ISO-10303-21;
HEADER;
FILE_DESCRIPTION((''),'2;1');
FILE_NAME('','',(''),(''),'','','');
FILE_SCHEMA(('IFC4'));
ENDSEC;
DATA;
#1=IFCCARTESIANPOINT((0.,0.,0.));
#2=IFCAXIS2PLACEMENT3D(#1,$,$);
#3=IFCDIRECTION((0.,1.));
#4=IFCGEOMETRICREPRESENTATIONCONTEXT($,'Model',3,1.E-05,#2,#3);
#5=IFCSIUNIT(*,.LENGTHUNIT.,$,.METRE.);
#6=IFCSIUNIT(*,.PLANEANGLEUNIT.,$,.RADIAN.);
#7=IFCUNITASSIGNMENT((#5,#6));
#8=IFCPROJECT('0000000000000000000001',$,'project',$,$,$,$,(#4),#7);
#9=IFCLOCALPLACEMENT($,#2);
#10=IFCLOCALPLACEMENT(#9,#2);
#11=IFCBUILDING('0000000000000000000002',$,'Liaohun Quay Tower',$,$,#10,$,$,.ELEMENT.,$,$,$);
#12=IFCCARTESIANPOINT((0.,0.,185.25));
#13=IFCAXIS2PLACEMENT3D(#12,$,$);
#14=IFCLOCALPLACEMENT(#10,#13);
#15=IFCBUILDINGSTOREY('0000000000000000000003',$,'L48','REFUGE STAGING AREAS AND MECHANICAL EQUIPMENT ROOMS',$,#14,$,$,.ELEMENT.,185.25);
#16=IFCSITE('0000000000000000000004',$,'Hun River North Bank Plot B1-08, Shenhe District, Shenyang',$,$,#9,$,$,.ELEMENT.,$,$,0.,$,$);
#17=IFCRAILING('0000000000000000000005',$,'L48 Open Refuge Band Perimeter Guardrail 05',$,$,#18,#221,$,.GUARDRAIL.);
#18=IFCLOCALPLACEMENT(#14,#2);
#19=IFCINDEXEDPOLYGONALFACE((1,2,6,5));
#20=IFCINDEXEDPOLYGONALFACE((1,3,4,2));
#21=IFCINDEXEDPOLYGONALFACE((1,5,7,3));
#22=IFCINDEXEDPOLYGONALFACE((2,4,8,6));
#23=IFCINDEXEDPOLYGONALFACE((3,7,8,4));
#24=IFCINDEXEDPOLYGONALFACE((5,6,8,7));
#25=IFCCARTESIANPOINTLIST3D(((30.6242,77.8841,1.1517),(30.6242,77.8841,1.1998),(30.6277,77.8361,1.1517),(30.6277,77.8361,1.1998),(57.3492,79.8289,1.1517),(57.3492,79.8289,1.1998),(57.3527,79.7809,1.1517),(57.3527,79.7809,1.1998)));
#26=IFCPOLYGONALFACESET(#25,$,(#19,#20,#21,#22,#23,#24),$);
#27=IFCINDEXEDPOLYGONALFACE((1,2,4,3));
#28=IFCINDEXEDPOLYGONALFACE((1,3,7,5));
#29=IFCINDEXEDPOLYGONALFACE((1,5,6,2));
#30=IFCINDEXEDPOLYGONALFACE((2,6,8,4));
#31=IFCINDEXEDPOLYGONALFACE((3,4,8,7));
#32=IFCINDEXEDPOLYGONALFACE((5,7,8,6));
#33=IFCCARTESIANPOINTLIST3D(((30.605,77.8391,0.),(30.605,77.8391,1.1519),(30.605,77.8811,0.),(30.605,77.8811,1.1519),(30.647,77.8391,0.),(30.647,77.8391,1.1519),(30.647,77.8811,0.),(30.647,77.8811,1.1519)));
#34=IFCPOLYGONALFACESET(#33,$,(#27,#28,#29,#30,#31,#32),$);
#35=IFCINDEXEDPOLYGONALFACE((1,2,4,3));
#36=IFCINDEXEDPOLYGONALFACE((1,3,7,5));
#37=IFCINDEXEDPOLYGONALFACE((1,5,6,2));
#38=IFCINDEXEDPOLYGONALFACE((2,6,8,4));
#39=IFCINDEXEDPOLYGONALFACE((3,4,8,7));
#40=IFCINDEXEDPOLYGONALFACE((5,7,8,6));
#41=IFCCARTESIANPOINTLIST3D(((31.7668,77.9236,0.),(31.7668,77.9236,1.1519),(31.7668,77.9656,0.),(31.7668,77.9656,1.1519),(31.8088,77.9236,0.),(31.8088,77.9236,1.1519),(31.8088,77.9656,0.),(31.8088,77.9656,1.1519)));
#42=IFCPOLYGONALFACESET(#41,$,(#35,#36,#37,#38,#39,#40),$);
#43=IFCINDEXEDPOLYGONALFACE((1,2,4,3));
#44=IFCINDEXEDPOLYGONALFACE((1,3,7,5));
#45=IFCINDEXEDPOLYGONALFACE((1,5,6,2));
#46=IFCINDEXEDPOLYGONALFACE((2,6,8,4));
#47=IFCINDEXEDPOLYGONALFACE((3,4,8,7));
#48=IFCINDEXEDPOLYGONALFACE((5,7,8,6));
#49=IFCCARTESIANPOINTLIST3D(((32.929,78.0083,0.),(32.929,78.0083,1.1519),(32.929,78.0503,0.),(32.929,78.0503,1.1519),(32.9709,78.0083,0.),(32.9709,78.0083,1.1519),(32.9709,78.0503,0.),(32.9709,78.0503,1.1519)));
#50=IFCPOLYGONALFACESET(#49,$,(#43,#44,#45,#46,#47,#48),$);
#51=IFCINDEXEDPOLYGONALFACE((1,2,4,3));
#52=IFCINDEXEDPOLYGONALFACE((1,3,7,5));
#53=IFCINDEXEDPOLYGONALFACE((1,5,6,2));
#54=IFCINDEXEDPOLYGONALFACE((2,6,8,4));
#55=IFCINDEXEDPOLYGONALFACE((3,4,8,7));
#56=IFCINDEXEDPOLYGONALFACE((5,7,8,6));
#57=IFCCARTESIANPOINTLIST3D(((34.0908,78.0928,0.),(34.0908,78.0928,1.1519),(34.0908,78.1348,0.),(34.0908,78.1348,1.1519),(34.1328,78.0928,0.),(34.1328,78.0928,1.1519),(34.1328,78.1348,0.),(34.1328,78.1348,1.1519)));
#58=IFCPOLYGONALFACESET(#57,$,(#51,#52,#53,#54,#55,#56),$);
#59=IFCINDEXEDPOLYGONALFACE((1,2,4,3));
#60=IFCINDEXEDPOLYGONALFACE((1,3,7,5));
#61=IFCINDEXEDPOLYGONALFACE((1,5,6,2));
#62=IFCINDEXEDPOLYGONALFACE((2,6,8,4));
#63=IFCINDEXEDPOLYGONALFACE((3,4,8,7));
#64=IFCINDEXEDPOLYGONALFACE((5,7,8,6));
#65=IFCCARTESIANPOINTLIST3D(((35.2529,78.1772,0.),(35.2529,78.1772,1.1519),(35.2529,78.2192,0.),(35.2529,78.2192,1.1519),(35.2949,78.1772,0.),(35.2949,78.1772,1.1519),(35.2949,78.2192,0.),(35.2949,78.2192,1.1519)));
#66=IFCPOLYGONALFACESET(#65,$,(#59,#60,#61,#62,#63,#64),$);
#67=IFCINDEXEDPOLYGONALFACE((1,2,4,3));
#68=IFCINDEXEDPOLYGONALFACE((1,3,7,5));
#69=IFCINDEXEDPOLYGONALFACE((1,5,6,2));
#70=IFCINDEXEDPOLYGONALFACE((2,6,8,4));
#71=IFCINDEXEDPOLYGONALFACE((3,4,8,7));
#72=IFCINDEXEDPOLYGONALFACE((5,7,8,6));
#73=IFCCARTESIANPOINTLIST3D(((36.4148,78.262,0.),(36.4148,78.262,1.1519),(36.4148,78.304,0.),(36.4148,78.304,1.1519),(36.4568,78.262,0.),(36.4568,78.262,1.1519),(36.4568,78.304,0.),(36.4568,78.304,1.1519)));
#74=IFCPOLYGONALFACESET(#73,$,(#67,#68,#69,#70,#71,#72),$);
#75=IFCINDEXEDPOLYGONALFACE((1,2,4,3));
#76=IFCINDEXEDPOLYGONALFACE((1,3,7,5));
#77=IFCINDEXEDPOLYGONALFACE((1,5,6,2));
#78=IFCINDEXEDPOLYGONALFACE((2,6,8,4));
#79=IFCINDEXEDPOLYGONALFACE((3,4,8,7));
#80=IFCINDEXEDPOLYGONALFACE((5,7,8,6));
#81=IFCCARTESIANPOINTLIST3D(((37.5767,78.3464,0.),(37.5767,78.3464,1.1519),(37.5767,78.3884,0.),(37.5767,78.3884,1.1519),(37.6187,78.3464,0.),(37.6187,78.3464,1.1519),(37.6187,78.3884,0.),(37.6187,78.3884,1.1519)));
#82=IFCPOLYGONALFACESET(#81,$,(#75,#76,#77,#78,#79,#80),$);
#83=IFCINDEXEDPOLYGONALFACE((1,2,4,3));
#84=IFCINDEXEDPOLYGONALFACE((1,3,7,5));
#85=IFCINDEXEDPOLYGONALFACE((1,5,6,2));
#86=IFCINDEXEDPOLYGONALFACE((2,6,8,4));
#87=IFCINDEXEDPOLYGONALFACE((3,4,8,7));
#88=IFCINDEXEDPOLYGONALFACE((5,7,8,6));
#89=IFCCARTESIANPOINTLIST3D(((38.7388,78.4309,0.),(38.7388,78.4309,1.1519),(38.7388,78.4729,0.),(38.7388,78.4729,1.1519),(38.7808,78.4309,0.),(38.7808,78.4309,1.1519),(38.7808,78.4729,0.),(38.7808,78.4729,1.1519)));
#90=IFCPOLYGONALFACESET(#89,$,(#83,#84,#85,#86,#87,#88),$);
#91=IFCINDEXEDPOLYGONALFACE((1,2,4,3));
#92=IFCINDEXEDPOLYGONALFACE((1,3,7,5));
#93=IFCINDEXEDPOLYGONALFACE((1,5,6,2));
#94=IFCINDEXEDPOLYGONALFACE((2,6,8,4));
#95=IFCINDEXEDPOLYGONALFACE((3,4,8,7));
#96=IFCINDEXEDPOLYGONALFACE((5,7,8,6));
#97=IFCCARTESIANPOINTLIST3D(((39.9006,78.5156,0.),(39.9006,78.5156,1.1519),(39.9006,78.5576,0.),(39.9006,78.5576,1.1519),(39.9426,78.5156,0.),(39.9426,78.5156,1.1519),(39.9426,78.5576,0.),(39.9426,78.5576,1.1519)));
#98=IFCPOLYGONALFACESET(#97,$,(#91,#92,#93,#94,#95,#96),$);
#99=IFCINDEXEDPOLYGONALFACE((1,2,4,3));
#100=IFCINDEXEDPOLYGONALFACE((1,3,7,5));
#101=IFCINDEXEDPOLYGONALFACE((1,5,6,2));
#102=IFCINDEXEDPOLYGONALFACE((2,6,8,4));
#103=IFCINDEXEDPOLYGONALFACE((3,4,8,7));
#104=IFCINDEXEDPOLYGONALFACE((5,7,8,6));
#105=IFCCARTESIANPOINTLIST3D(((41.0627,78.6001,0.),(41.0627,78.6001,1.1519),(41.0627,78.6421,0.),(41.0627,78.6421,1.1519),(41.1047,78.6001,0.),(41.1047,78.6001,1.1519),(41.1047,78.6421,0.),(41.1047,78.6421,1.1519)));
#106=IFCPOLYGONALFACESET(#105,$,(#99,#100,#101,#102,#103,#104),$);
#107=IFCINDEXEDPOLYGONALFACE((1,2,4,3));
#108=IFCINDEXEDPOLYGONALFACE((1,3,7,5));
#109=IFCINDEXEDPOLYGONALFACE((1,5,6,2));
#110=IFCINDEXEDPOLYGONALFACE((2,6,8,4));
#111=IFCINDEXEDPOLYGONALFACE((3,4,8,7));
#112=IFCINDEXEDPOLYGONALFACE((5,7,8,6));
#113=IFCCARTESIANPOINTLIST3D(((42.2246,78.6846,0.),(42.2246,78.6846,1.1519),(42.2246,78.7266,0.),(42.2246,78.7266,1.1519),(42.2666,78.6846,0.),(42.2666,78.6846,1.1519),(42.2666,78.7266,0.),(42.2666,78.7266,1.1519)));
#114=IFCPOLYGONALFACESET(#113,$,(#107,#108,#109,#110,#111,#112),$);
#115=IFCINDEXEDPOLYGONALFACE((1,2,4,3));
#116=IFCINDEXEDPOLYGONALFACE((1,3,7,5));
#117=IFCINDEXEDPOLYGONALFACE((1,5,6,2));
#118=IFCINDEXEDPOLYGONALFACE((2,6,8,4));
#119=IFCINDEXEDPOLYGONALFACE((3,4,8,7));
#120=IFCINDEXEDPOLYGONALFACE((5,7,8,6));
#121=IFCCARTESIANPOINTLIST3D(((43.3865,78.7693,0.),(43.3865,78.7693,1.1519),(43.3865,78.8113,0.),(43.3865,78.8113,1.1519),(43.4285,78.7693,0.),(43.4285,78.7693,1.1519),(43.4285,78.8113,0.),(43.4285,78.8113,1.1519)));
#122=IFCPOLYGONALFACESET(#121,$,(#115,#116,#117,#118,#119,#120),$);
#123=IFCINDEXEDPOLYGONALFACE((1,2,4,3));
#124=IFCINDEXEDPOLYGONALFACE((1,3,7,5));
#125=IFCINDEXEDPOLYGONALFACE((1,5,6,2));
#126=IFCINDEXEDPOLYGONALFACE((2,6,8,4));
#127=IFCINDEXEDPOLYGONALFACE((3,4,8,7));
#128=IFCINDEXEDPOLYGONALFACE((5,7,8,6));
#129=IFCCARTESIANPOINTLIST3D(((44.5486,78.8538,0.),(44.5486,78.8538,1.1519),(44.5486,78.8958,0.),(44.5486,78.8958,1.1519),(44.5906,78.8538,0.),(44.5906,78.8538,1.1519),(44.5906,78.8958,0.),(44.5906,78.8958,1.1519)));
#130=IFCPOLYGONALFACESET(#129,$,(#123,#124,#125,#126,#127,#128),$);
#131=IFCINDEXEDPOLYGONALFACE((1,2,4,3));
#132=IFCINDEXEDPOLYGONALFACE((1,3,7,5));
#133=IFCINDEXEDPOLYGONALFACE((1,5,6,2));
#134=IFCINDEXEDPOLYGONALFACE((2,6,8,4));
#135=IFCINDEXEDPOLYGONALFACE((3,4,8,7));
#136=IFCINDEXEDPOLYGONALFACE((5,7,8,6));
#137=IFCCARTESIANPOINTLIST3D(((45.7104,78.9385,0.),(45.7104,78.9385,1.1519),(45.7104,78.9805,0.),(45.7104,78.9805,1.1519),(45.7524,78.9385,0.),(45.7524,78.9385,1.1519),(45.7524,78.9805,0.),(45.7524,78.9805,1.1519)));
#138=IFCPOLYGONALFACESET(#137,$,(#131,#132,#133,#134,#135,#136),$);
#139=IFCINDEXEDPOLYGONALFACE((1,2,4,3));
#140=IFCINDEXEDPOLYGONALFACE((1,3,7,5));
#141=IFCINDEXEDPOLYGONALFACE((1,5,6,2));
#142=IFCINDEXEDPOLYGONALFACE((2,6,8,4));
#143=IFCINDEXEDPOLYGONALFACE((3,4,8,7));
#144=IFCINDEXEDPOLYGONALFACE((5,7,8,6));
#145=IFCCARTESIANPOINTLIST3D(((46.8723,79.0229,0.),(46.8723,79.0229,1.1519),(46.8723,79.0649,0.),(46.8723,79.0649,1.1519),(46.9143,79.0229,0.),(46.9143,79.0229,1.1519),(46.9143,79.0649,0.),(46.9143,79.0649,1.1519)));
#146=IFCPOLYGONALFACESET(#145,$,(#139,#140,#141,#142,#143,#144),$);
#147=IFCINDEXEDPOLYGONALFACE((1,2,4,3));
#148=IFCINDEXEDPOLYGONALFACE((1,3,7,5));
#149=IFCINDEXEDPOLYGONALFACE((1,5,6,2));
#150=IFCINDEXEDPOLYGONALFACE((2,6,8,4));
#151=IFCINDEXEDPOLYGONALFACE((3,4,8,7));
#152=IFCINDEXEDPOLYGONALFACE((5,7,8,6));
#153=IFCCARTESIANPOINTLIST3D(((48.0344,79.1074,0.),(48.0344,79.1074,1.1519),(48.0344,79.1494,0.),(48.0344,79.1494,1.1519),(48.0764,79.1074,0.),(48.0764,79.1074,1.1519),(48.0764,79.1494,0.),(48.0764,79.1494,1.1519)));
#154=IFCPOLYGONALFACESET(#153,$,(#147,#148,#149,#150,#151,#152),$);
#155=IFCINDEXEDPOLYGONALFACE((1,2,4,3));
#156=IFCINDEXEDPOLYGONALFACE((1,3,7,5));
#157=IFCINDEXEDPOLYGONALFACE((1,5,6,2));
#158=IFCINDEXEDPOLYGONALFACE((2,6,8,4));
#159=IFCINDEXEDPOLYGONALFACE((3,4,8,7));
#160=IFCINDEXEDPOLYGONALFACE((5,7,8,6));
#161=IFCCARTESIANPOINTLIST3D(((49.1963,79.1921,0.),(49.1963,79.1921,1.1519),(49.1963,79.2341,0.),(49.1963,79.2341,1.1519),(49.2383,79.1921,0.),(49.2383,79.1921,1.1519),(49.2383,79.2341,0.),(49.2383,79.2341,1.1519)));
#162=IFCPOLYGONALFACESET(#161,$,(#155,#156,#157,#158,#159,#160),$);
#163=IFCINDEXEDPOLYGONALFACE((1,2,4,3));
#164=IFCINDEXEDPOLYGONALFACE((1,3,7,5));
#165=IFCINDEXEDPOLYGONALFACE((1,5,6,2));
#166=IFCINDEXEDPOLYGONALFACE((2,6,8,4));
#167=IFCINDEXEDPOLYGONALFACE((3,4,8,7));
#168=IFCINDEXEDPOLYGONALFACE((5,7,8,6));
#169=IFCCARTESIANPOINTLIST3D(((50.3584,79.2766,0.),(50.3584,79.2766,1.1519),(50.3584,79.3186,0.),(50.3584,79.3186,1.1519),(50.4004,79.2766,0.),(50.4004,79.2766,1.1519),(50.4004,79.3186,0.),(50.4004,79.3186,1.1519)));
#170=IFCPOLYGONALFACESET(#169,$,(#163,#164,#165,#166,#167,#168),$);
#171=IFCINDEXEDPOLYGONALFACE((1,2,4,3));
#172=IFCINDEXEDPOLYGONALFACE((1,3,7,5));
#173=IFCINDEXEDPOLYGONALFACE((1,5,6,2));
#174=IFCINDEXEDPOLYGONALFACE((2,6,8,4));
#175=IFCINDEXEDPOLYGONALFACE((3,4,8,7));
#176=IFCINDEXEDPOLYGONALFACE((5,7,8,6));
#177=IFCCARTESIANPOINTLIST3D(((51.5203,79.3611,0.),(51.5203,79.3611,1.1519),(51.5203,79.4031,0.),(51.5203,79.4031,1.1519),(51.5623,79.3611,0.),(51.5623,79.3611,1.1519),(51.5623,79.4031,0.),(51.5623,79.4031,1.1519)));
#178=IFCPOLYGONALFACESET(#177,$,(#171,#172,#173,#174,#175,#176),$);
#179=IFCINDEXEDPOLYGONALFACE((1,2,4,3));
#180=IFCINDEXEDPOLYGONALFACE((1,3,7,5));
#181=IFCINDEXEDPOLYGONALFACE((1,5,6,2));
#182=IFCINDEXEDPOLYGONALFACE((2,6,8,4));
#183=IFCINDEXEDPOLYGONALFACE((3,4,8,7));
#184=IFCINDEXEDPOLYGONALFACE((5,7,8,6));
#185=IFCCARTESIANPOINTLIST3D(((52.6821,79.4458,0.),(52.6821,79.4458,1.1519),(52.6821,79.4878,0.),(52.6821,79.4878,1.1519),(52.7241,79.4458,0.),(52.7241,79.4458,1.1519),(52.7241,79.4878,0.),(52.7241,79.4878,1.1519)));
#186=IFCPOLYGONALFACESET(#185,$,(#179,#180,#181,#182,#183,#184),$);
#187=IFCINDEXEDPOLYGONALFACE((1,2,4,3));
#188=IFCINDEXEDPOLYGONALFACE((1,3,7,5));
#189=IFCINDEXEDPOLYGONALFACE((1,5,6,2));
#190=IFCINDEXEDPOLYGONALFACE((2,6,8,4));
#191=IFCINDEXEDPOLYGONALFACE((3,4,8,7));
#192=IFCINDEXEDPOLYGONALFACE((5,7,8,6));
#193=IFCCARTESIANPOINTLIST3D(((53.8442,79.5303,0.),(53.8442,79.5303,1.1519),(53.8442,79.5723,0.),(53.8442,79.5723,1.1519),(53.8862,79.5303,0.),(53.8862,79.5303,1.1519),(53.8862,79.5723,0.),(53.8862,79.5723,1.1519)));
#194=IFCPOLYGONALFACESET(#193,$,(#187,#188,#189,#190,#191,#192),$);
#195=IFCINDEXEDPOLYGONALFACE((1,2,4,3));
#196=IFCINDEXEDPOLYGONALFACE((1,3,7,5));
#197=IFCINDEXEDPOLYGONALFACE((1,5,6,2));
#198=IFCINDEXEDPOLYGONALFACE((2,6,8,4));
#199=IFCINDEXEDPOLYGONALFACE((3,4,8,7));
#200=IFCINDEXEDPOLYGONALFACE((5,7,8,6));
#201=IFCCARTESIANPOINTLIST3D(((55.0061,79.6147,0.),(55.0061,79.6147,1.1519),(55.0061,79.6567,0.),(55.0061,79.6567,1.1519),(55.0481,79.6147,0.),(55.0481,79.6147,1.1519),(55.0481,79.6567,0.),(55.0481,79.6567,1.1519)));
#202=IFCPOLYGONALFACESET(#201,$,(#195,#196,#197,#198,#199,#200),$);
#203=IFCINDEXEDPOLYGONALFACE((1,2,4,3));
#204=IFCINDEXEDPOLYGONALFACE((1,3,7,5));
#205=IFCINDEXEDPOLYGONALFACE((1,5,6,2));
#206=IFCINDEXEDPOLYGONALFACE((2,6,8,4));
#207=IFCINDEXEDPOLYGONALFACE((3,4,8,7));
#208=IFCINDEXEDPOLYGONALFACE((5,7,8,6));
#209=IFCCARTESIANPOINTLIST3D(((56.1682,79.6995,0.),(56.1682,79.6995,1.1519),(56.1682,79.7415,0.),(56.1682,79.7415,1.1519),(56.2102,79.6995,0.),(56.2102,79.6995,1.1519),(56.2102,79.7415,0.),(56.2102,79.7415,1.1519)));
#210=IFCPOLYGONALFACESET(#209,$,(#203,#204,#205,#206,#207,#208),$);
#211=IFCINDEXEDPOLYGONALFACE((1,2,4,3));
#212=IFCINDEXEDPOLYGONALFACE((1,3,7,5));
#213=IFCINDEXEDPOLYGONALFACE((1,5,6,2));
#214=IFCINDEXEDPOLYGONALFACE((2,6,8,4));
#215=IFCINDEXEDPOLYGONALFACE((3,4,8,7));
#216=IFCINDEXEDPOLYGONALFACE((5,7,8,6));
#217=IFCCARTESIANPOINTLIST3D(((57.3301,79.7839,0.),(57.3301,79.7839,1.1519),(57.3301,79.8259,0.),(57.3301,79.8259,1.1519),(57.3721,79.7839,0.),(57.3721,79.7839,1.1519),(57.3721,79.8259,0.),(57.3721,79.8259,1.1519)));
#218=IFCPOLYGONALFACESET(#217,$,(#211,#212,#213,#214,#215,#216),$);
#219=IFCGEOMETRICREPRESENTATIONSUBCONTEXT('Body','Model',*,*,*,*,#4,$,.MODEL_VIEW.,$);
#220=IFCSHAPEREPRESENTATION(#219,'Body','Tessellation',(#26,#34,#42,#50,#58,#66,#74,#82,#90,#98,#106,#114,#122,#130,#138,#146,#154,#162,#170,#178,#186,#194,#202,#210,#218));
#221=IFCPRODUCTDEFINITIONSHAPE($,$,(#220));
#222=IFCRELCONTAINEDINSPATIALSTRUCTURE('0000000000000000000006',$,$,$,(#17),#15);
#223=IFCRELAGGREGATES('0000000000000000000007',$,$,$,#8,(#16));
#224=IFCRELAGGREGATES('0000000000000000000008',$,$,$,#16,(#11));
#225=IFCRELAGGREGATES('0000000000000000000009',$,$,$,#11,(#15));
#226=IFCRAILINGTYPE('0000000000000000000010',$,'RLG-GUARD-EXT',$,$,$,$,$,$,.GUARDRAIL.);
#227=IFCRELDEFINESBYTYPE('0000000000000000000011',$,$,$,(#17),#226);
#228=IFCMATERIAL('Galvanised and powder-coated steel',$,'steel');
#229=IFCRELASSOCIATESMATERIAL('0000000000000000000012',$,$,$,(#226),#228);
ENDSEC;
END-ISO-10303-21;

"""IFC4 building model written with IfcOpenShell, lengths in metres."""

from ifc_helpers import new_model, si_unit, direction, frame, origin, origin_2d, place, context, subcontext, project, spatial, rectangle, extrude, material, type_object, element, save


model = new_model("IFC4")

# Units and contexts
model_context = context("Model", 3, precision=1e-05, world=origin(), true_north=direction((0.0, 1.0)))
body_context = subcontext(model_context, "Body", "Model", "MODEL_VIEW")
ifc_project = project(units=[si_unit("LENGTHUNIT", "METRE"), si_unit("PLANEANGLEUNIT", "RADIAN")], contexts=[model_context])

# Site, building, storey
site_placement = place(None, origin())
site = spatial("IfcSite", under=ifc_project, at=site_placement, Name="Hun River North Bank Plot B1-08, Shenhe District, Shenyang", CompositionType="ELEMENT", RefElevation=0.0)
building_placement = place(site_placement, origin())
building = spatial("IfcBuilding", under=site, at=building_placement, Name="Liaohun Quay Tower", CompositionType="ELEMENT")
storey_placement = place(building_placement, frame((0.0, 0.0, 185.25)))
storey = spatial("IfcBuildingStorey", under=building, at=storey_placement, Name="L48", Description="REFUGE STAGING AREAS AND MECHANICAL EQUIPMENT ROOMS", CompositionType="ELEMENT", Elevation=185.25)

# Railing
ifc_material_1 = material(Name="Galvanised and powder-coated steel", Category="steel")
railing_type = type_object("IfcRailingType", Name="RLG-GUARD-EXT", PredefinedType="GUARDRAIL", material=ifc_material_1)
railing_1_placement = place(storey_placement, frame((30.626, 77.8601, 0.0)))
element("IfcRailing", 1, at=railing_1_placement, inside=storey, type_object=railing_type, Name="L48 Open Refuge Band Perimeter Guardrail 05", PredefinedType="GUARDRAIL", context=body_context, shape_type="SweptSolid", body=[
    extrude(rectangle(XDim=0.0481, YDim=0.0481, at=origin_2d()), frame((0.0, 0.0, 1.1758), z_axis=(0.997363, 0.07258, 0.0), x_axis=(-0.07258, 0.997363, 0.0)), (0.0, 0.0, 1.0), 26.7957),
    extrude(rectangle(XDim=0.042, YDim=0.042, at=origin_2d()), origin(), (0.0, 0.0, 1.0), 1.1519),
    extrude(rectangle(XDim=0.042, YDim=0.042, at=origin_2d()), frame((1.1619, 0.0845, 0.0)), (0.0, 0.0, 1.0), 1.1519),
    extrude(rectangle(XDim=0.042, YDim=0.042, at=origin_2d()), frame((2.324, 0.1692, 0.0)), (0.0, 0.0, 1.0), 1.1519),
    extrude(rectangle(XDim=0.042, YDim=0.042, at=origin_2d()), frame((3.4858, 0.2537, 0.0)), (0.0, 0.0, 1.0), 1.1519),
    extrude(rectangle(XDim=0.042, YDim=0.042, at=origin_2d()), frame((4.6479, 0.3381, 0.0)), (0.0, 0.0, 1.0), 1.1519),
    extrude(rectangle(XDim=0.042, YDim=0.042, at=origin_2d()), frame((5.8098, 0.4229, 0.0)), (0.0, 0.0, 1.0), 1.1519),
    extrude(rectangle(XDim=0.042, YDim=0.042, at=origin_2d()), frame((6.9717, 0.5073, 0.0)), (0.0, 0.0, 1.0), 1.1519),
    extrude(rectangle(XDim=0.042, YDim=0.042, at=origin_2d()), frame((8.1338, 0.5918, 0.0)), (0.0, 0.0, 1.0), 1.1519),
    extrude(rectangle(XDim=0.042, YDim=0.042, at=origin_2d()), frame((9.2957, 0.6765, 0.0)), (0.0, 0.0, 1.0), 1.1519),
    extrude(rectangle(XDim=0.042, YDim=0.042, at=origin_2d()), frame((10.4578, 0.761, 0.0)), (0.0, 0.0, 1.0), 1.1519),
    extrude(rectangle(XDim=0.042, YDim=0.042, at=origin_2d()), frame((11.6196, 0.8455, 0.0)), (0.0, 0.0, 1.0), 1.1519),
    extrude(rectangle(XDim=0.042, YDim=0.042, at=origin_2d()), frame((12.7815, 0.9302, 0.0)), (0.0, 0.0, 1.0), 1.1519),
    extrude(rectangle(XDim=0.042, YDim=0.042, at=origin_2d()), frame((13.9436, 1.0146, 0.0)), (0.0, 0.0, 1.0), 1.1519),
    extrude(rectangle(XDim=0.042, YDim=0.042, at=origin_2d()), frame((15.1055, 1.0994, 0.0)), (0.0, 0.0, 1.0), 1.1519),
    extrude(rectangle(XDim=0.042, YDim=0.042, at=origin_2d()), frame((16.2673, 1.1838, 0.0)), (0.0, 0.0, 1.0), 1.1519),
    extrude(rectangle(XDim=0.042, YDim=0.042, at=origin_2d()), frame((17.4294, 1.2683, 0.0)), (0.0, 0.0, 1.0), 1.1519),
    extrude(rectangle(XDim=0.042, YDim=0.042, at=origin_2d()), frame((18.5913, 1.353, 0.0)), (0.0, 0.0, 1.0), 1.1519),
    extrude(rectangle(XDim=0.042, YDim=0.042, at=origin_2d()), frame((19.7534, 1.4375, 0.0)), (0.0, 0.0, 1.0), 1.1519),
    extrude(rectangle(XDim=0.042, YDim=0.042, at=origin_2d()), frame((20.9153, 1.522, 0.0)), (0.0, 0.0, 1.0), 1.1519),
    extrude(rectangle(XDim=0.042, YDim=0.042, at=origin_2d()), frame((22.0771, 1.6067, 0.0)), (0.0, 0.0, 1.0), 1.1519),
    extrude(rectangle(XDim=0.042, YDim=0.042, at=origin_2d()), frame((23.2393, 1.6912, 0.0)), (0.0, 0.0, 1.0), 1.1519),
    extrude(rectangle(XDim=0.042, YDim=0.042, at=origin_2d()), frame((24.4011, 1.7756, 0.0)), (0.0, 0.0, 1.0), 1.1519),
    extrude(rectangle(XDim=0.042, YDim=0.042, at=origin_2d()), frame((25.5632, 1.8604, 0.0)), (0.0, 0.0, 1.0), 1.1519),
    extrude(rectangle(XDim=0.042, YDim=0.042, at=origin_2d()), frame((26.7251, 1.9448, 0.0)), (0.0, 0.0, 1.0), 1.1519),
])

save(model, "model.ifc")
